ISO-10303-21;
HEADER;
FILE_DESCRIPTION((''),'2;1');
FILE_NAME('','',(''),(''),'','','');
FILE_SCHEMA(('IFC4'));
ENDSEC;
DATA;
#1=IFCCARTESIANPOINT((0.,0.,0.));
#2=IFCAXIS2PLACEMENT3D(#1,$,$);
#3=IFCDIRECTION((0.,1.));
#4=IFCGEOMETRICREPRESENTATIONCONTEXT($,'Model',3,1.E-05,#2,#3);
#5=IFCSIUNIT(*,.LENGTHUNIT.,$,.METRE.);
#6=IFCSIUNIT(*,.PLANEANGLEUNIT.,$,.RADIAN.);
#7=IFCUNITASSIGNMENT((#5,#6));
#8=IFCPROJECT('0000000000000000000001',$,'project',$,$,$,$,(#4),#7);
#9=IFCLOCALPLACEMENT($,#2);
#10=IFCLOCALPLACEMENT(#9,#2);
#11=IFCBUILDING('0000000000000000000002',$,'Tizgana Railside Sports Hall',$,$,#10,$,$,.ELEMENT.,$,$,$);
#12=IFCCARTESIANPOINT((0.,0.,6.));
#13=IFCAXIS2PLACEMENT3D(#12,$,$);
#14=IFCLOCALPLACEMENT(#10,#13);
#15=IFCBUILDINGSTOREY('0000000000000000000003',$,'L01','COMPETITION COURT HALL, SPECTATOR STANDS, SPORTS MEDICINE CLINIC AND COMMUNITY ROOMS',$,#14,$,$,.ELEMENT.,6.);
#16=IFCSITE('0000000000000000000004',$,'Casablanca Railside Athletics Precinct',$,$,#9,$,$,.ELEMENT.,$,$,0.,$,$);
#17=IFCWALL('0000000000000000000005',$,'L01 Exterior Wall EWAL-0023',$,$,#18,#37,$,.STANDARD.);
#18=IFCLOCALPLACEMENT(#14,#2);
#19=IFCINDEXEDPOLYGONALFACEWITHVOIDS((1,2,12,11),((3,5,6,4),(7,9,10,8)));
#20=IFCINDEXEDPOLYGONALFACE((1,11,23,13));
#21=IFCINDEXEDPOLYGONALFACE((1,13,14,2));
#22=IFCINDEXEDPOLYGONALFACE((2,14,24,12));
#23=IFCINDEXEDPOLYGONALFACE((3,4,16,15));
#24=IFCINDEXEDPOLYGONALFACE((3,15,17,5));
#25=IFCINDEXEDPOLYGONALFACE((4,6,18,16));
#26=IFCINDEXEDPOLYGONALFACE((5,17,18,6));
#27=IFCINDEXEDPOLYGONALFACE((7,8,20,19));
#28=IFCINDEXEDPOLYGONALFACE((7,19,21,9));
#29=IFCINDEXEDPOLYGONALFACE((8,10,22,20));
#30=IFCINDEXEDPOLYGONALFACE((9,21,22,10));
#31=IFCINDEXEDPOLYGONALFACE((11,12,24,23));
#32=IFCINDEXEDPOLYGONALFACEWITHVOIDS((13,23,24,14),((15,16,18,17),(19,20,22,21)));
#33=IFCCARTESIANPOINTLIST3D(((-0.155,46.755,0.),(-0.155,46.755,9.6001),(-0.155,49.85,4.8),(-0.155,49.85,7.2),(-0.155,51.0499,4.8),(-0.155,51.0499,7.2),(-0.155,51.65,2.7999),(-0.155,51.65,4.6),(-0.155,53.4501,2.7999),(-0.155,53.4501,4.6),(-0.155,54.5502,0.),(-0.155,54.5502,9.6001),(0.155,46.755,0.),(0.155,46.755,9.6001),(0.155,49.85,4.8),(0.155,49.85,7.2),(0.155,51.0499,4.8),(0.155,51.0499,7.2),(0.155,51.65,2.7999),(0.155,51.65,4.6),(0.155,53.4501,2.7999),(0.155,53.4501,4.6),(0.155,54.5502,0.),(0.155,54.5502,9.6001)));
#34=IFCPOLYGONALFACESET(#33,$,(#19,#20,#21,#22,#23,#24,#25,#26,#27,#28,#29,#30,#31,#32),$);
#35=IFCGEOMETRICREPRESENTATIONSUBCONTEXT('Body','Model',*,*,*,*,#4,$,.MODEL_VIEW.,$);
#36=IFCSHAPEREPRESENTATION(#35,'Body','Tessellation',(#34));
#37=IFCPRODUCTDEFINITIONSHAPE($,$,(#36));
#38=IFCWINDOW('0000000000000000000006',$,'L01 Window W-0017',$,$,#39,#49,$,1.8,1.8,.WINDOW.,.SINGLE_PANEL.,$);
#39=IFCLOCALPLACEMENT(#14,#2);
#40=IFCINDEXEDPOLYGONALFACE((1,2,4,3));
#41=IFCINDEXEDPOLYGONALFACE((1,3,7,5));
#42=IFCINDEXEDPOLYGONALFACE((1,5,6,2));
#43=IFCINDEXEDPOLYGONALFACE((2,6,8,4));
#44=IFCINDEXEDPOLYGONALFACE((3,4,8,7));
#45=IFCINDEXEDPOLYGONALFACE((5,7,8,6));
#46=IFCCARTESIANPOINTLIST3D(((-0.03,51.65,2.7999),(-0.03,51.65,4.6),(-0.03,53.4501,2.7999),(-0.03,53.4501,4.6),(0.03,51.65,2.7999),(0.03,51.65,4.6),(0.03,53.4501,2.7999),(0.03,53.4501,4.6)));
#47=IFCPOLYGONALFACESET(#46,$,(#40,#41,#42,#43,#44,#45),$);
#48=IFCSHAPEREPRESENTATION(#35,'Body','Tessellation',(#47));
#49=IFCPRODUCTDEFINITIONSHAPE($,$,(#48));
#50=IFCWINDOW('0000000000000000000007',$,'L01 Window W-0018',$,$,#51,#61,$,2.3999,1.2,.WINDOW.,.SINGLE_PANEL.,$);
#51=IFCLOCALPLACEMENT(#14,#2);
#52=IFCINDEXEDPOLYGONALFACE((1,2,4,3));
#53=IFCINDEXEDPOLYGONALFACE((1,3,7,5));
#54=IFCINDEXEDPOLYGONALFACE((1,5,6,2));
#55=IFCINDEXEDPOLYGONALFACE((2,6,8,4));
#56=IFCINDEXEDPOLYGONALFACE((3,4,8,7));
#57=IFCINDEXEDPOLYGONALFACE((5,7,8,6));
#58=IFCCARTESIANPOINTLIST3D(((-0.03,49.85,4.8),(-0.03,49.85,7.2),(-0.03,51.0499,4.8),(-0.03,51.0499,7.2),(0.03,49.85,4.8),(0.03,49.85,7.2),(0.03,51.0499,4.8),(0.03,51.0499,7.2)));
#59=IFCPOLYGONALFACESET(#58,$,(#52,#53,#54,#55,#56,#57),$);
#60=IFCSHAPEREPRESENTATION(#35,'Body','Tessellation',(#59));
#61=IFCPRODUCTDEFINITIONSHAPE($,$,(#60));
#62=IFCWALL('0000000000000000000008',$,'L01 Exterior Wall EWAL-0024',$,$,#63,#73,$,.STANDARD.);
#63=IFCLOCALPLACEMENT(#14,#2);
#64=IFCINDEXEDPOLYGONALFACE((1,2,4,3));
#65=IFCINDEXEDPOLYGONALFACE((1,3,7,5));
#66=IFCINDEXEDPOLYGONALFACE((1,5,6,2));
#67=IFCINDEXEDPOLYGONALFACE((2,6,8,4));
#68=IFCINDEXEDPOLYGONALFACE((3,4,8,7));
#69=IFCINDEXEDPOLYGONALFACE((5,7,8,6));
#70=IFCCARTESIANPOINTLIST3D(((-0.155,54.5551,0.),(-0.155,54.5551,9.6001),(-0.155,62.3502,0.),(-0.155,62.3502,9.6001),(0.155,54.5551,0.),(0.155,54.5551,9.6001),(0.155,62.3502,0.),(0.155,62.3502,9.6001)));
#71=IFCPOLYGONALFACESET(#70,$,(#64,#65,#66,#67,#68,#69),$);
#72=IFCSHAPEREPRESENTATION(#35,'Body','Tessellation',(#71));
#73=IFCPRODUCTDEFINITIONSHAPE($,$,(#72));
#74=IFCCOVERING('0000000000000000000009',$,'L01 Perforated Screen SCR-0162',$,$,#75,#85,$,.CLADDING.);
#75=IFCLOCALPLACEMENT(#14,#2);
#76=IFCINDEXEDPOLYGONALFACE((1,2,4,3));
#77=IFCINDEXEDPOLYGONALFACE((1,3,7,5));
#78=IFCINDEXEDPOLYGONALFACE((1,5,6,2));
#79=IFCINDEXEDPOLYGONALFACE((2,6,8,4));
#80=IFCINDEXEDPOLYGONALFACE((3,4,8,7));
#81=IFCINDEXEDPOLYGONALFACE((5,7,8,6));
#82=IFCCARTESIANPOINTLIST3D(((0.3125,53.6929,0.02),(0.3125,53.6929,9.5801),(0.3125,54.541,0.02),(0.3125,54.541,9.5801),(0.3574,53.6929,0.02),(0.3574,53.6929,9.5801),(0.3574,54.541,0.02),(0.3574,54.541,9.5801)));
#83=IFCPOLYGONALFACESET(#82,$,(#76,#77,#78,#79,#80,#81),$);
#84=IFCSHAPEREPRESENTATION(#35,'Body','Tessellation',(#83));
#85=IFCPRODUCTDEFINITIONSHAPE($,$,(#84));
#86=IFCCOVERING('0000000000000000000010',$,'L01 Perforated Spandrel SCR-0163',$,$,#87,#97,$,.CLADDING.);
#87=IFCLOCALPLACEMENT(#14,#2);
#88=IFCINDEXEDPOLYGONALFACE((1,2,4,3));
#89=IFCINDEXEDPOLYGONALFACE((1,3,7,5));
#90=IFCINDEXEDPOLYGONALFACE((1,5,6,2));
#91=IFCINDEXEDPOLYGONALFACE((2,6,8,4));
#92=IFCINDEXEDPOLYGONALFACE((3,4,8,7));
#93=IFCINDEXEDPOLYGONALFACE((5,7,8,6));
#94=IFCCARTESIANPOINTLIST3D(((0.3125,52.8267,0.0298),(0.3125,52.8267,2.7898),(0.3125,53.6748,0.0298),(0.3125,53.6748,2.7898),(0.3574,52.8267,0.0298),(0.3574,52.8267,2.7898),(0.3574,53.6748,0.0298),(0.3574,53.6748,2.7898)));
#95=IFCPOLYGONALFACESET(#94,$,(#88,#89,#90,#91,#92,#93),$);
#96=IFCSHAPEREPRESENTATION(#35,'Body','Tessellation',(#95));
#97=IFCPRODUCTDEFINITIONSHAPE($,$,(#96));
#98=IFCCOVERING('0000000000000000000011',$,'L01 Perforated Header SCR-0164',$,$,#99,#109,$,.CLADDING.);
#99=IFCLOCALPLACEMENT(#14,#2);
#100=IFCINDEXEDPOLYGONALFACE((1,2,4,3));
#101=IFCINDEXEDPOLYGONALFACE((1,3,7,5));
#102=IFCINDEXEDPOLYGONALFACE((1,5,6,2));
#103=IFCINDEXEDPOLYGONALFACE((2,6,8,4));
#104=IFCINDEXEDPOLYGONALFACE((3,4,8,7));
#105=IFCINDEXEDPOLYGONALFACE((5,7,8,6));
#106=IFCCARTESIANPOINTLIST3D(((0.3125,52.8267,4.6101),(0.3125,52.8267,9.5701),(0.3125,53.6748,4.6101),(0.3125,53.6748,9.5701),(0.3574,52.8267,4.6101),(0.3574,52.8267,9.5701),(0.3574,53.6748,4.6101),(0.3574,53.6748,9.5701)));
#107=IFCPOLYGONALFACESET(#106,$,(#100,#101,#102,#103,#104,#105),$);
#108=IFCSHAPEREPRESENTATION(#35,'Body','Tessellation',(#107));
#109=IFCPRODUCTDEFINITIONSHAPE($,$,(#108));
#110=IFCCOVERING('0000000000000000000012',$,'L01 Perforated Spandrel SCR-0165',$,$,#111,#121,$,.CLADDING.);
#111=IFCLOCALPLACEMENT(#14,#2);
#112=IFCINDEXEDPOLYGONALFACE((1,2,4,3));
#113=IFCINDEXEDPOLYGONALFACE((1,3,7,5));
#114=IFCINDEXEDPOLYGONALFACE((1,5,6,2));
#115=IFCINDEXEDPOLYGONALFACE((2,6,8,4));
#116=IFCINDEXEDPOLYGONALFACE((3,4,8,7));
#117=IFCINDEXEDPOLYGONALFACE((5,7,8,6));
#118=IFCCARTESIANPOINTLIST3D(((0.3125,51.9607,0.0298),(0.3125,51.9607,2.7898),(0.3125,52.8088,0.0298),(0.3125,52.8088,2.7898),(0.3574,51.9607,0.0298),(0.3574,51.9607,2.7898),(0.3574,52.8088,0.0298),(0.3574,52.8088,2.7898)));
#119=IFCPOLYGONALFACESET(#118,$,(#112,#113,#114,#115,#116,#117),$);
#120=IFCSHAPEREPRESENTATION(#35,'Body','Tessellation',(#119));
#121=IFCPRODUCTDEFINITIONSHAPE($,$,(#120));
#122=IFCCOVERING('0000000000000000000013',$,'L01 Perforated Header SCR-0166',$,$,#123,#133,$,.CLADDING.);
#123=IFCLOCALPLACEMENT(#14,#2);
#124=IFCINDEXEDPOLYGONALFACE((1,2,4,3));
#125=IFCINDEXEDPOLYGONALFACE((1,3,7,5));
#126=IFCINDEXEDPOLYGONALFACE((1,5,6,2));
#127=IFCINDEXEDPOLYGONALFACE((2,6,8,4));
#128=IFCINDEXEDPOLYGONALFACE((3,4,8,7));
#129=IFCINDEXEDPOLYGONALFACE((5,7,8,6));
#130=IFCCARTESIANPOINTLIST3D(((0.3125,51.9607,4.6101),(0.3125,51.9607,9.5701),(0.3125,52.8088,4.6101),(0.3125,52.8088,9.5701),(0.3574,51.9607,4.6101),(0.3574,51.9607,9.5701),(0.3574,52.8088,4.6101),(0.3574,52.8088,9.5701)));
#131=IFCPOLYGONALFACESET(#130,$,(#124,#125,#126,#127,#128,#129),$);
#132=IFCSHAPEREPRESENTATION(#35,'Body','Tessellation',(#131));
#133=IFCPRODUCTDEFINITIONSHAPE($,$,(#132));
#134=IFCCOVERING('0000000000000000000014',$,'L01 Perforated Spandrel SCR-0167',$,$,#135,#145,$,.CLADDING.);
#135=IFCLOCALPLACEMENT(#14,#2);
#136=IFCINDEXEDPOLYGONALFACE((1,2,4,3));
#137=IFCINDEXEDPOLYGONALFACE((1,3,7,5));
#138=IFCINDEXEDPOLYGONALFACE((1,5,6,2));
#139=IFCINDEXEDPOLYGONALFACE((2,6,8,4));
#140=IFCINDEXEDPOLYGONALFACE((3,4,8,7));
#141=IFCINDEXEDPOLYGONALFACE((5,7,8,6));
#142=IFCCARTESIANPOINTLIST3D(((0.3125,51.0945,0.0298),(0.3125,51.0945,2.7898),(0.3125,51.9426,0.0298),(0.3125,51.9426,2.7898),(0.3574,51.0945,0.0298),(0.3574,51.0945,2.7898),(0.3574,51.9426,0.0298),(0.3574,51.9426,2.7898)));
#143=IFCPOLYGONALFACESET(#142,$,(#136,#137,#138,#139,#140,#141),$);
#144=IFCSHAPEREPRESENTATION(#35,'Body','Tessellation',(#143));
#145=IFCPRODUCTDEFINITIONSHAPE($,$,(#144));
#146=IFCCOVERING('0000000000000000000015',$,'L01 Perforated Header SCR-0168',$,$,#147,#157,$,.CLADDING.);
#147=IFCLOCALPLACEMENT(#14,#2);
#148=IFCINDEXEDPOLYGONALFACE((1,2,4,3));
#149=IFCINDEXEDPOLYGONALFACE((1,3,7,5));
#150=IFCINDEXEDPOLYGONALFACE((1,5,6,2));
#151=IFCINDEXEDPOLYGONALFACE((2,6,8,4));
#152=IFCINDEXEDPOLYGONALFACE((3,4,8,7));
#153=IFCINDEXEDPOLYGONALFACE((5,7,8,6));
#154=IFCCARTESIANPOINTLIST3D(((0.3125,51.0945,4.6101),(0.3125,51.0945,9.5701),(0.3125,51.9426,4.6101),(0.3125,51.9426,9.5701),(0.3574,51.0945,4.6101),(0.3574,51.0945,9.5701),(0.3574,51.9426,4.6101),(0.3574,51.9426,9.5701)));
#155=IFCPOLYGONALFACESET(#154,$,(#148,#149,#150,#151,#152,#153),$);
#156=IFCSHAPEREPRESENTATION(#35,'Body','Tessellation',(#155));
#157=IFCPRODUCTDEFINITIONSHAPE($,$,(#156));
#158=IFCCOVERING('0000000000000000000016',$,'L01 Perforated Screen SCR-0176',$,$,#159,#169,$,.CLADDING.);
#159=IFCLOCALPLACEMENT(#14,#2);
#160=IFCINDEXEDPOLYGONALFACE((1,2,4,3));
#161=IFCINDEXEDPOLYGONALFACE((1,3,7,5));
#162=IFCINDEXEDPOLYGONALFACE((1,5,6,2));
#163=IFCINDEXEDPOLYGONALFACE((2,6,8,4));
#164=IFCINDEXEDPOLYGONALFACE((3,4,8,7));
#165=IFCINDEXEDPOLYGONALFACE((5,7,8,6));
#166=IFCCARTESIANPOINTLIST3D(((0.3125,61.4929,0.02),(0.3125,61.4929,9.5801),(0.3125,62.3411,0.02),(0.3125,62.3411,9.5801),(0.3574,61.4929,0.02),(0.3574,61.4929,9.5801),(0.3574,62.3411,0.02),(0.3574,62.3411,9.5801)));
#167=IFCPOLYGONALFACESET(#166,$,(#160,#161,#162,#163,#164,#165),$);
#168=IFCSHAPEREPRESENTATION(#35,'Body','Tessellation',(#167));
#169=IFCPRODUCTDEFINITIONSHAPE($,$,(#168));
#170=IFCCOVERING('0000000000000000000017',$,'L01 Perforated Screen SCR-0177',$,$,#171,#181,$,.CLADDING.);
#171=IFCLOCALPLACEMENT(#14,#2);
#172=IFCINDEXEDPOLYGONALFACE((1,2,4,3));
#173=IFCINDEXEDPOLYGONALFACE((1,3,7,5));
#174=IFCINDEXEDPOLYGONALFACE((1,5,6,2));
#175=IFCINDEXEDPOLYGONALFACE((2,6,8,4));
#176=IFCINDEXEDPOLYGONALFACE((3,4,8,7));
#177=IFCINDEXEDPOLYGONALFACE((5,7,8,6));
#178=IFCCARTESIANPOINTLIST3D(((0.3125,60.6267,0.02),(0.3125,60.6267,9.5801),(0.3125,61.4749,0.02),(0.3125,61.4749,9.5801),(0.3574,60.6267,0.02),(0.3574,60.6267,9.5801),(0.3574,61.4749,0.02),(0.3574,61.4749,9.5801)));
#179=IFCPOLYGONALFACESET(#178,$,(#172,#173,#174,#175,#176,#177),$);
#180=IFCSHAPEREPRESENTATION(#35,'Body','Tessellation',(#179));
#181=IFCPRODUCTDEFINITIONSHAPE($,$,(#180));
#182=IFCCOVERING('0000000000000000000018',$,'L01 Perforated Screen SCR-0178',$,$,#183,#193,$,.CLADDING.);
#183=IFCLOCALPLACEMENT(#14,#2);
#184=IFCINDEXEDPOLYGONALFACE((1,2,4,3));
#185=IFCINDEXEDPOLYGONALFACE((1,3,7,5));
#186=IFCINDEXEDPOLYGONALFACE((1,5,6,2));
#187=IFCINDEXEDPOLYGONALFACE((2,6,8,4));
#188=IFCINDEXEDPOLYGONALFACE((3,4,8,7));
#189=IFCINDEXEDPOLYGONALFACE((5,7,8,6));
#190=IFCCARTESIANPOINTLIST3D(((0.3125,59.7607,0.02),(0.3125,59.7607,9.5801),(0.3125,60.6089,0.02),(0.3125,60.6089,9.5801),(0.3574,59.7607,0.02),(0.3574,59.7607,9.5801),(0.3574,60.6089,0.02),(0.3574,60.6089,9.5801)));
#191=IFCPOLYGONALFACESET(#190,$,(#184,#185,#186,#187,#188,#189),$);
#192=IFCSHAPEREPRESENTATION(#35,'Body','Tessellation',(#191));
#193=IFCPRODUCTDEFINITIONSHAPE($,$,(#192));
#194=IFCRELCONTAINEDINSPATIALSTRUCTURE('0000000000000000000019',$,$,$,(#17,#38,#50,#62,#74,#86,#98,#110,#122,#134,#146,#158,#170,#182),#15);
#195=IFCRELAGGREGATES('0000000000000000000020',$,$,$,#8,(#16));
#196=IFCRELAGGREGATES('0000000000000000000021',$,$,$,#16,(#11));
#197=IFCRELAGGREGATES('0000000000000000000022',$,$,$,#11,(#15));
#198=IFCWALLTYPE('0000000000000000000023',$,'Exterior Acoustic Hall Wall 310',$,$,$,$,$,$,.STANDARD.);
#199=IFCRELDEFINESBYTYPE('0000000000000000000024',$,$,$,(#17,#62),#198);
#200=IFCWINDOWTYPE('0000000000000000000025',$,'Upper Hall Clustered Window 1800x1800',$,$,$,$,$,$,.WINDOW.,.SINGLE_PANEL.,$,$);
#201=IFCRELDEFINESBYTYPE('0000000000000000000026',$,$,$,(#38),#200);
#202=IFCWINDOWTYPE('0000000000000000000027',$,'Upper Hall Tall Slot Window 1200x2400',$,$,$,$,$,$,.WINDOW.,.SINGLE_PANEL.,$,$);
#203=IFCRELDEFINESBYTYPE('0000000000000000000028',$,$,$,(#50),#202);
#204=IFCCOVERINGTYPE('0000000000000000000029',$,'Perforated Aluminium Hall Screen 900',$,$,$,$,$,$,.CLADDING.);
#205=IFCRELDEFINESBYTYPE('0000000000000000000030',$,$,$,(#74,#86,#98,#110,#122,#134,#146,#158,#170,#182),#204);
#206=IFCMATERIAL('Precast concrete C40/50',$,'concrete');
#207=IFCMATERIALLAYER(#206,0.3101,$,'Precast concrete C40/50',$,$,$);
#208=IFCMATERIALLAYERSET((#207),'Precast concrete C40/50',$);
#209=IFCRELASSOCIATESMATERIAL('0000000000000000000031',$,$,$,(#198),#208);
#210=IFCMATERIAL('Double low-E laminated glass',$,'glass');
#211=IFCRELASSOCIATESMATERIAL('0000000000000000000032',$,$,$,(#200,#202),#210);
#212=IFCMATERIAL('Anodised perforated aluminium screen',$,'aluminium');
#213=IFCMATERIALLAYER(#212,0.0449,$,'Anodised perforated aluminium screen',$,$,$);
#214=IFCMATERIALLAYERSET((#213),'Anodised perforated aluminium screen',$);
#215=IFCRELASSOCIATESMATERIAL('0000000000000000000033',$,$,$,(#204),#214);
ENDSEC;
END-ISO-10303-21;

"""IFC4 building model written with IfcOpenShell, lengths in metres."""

from ifc_helpers import new_model, si_unit, direction, frame, frame_2d, origin, origin_2d, place, context, subcontext, project, spatial, rectangle, extrude, material, layer, layer_set, type_object, element, fill, save


model = new_model("IFC4")

# Units and contexts
model_context = context("Model", 3, precision=1e-05, world=origin(), true_north=direction((0.0, 1.0)))
body_context = subcontext(model_context, "Body", "Model", "MODEL_VIEW")
ifc_project = project(units=[si_unit("LENGTHUNIT", "METRE"), si_unit("PLANEANGLEUNIT", "RADIAN")], contexts=[model_context])

# Site, building, storey
site_placement = place(None, origin())
site = spatial("IfcSite", under=ifc_project, at=site_placement, Name="Casablanca Railside Athletics Precinct", CompositionType="ELEMENT", RefElevation=0.0)
building_placement = place(site_placement, origin())
building = spatial("IfcBuilding", under=site, at=building_placement, Name="Tizgana Railside Sports Hall", CompositionType="ELEMENT")
storey_placement = place(building_placement, frame((0.0, 0.0, 6.0)))
storey = spatial("IfcBuildingStorey", under=building, at=storey_placement, Name="L01", Description="COMPETITION COURT HALL, SPECTATOR STANDS, SPORTS MEDICINE CLINIC AND COMMUNITY ROOMS", CompositionType="ELEMENT", Elevation=6.0)

# Wall, openings, windows
ifc_material_1 = material(Name="Precast concrete C40/50", Category="concrete")
ifc_layer_1 = layer(ifc_material_1, 0.3101, Name="Precast concrete C40/50")
ifc_layer_set_1 = layer_set([ifc_layer_1], Name="Precast concrete C40/50")
wall_type = type_object("IfcWallType", Name="Exterior Acoustic Hall Wall 310", PredefinedType="STANDARD", material=ifc_layer_set_1)
wall_1_placement = place(storey_placement, frame((0.0, 54.55, 0.0), z_axis=(0.0, 0.0, 1.0), x_axis=(0.0, -1.0, 0.0)))
wall_1 = element("IfcWall", 1, at=wall_1_placement, inside=storey, type_object=wall_type, Name="L01 Exterior Wall EWAL-0023", PredefinedType="STANDARD", context=body_context, shape_type="SweptSolid", body=[
    extrude(rectangle(XDim=7.7952, YDim=0.3101, at=frame_2d((3.8975, 0.0))), origin(), (0.0, 0.0, 1.0), 9.6001),
])
opening_1_placement = place(wall_1_placement, frame((1.1001, 0.0, 2.8)))
opening_1 = element("IfcOpeningElement", 2, at=opening_1_placement, cuts=wall_1, PredefinedType="OPENING", context=body_context, shape_type="SweptSolid", body=[
    extrude(rectangle(XDim=1.8, YDim=1.8, at=frame_2d((0.8999, 0.8999))), frame((0.0, 0.165, 0.0), z_axis=(0.0, -1.0, 0.0), x_axis=(1.0, 0.0, 0.0)), (0.0, 0.0, 1.0), 0.3301),
])
opening_2_placement = place(wall_1_placement, frame((3.5, 0.0, 4.8)))
opening_2 = element("IfcOpeningElement", 3, at=opening_2_placement, cuts=wall_1, PredefinedType="OPENING", context=body_context, shape_type="SweptSolid", body=[
    extrude(rectangle(XDim=1.2, YDim=2.3999, at=frame_2d((0.6001, 1.2))), frame((0.0, 0.165, 0.0), z_axis=(0.0, -1.0, 0.0), x_axis=(1.0, 0.0, 0.0)), (0.0, 0.0, 1.0), 0.3301),
])
ifc_material_2 = material(Name="Double low-E laminated glass", Category="glass")
window_type_1 = type_object("IfcWindowType", Name="Upper Hall Clustered Window 1800x1800", PartitioningType="SINGLE_PANEL", PredefinedType="WINDOW", material=ifc_material_2)
window_1_placement = place(opening_1_placement, origin())
window_1 = element("IfcWindow", 4, at=window_1_placement, inside=storey, type_object=window_type_1, Name="L01 Window W-0017", OverallHeight=1.8, OverallWidth=1.8, PartitioningType="SINGLE_PANEL", PredefinedType="WINDOW", context=body_context, shape_type="SweptSolid", body=[
    extrude(rectangle(XDim=1.8, YDim=1.8, at=frame_2d((0.8999, 0.8999))), frame((0.0, 0.03, 0.0), z_axis=(0.0, -1.0, 0.0), x_axis=(1.0, 0.0, 0.0)), (0.0, 0.0, 1.0), 0.0601),
])
fill(opening_1, window_1)
window_type_2 = type_object("IfcWindowType", Name="Upper Hall Tall Slot Window 1200x2400", PartitioningType="SINGLE_PANEL", PredefinedType="WINDOW", material=ifc_material_2)
window_2_placement = place(opening_2_placement, origin())
window_2 = element("IfcWindow", 5, at=window_2_placement, inside=storey, type_object=window_type_2, Name="L01 Window W-0018", OverallHeight=2.3999, OverallWidth=1.2, PartitioningType="SINGLE_PANEL", PredefinedType="WINDOW", context=body_context, shape_type="SweptSolid", body=[
    extrude(rectangle(XDim=1.2, YDim=2.3999, at=frame_2d((0.6001, 1.2))), frame((0.0, 0.03, 0.0), z_axis=(0.0, -1.0, 0.0), x_axis=(1.0, 0.0, 0.0)), (0.0, 0.0, 1.0), 0.0601),
])
fill(opening_2, window_2)

# Wall
wall_2_placement = place(storey_placement, frame((0.0, 62.3501, 0.0), z_axis=(0.0, 0.0, 1.0), x_axis=(0.0, -1.0, 0.0)))
element("IfcWall", 6, at=wall_2_placement, inside=storey, type_object=wall_type, Name="L01 Exterior Wall EWAL-0024", PredefinedType="STANDARD", context=body_context, shape_type="SweptSolid", body=[
    extrude(rectangle(XDim=7.7952, YDim=0.3101, at=frame_2d((3.8975, 0.0))), origin(), (0.0, 0.0, 1.0), 9.6001),
])

# Coverings
ifc_material_3 = material(Name="Anodised perforated aluminium screen", Category="aluminium")
ifc_layer_2 = layer(ifc_material_3, 0.0449, Name="Anodised perforated aluminium screen")
ifc_layer_set_2 = layer_set([ifc_layer_2], Name="Anodised perforated aluminium screen")
covering_type = type_object("IfcCoveringType", Name="Perforated Aluminium Hall Screen 900", PredefinedType="CLADDING", material=ifc_layer_set_2)
covering_1_placement = place(storey_placement, frame((0.335, 54.1169, 0.02), z_axis=(0.0, 0.0, 1.0), x_axis=(0.0, -1.0, 0.0)))
element("IfcCovering", 7, at=covering_1_placement, inside=storey, type_object=covering_type, Name="L01 Perforated Screen SCR-0162", PredefinedType="CLADDING", context=body_context, shape_type="SweptSolid", body=[
    extrude(rectangle(XDim=0.8481, YDim=0.0449, at=origin_2d()), origin(), (0.0, 0.0, 1.0), 9.5601),
])
covering_2_placement = place(storey_placement, frame((0.335, 53.2507, 0.0298), z_axis=(0.0, 0.0, 1.0), x_axis=(0.0, -1.0, 0.0)))
element("IfcCovering", 8, at=covering_2_placement, inside=storey, type_object=covering_type, Name="L01 Perforated Spandrel SCR-0163", PredefinedType="CLADDING", context=body_context, shape_type="SweptSolid", body=[
    extrude(rectangle(XDim=0.8481, YDim=0.0449, at=origin_2d()), origin(), (0.0, 0.0, 1.0), 2.76),
])
covering_3_placement = place(storey_placement, frame((0.335, 53.2507, 4.6101), z_axis=(0.0, 0.0, 1.0), x_axis=(0.0, -1.0, 0.0)))
element("IfcCovering", 9, at=covering_3_placement, inside=storey, type_object=covering_type, Name="L01 Perforated Header SCR-0164", PredefinedType="CLADDING", context=body_context, shape_type="SweptSolid", body=[
    extrude(rectangle(XDim=0.8481, YDim=0.0449, at=origin_2d()), origin(), (0.0, 0.0, 1.0), 4.96),
])
covering_4_placement = place(storey_placement, frame((0.335, 52.3848, 0.0298), z_axis=(0.0, 0.0, 1.0), x_axis=(0.0, -1.0, 0.0)))
element("IfcCovering", 10, at=covering_4_placement, inside=storey, type_object=covering_type, Name="L01 Perforated Spandrel SCR-0165", PredefinedType="CLADDING", context=body_context, shape_type="SweptSolid", body=[
    extrude(rectangle(XDim=0.8481, YDim=0.0449, at=origin_2d()), origin(), (0.0, 0.0, 1.0), 2.76),
])
covering_5_placement = place(storey_placement, frame((0.335, 52.3848, 4.6101), z_axis=(0.0, 0.0, 1.0), x_axis=(0.0, -1.0, 0.0)))
element("IfcCovering", 11, at=covering_5_placement, inside=storey, type_object=covering_type, Name="L01 Perforated Header SCR-0166", PredefinedType="CLADDING", context=body_context, shape_type="SweptSolid", body=[
    extrude(rectangle(XDim=0.8481, YDim=0.0449, at=origin_2d()), origin(), (0.0, 0.0, 1.0), 4.96),
])
covering_6_placement = place(storey_placement, frame((0.335, 51.5186, 0.0298), z_axis=(0.0, 0.0, 1.0), x_axis=(0.0, -1.0, 0.0)))
element("IfcCovering", 12, at=covering_6_placement, inside=storey, type_object=covering_type, Name="L01 Perforated Spandrel SCR-0167", PredefinedType="CLADDING", context=body_context, shape_type="SweptSolid", body=[
    extrude(rectangle(XDim=0.8481, YDim=0.0449, at=origin_2d()), origin(), (0.0, 0.0, 1.0), 2.76),
])
covering_7_placement = place(storey_placement, frame((0.335, 51.5186, 4.6101), z_axis=(0.0, 0.0, 1.0), x_axis=(0.0, -1.0, 0.0)))
element("IfcCovering", 13, at=covering_7_placement, inside=storey, type_object=covering_type, Name="L01 Perforated Header SCR-0168", PredefinedType="CLADDING", context=body_context, shape_type="SweptSolid", body=[
    extrude(rectangle(XDim=0.8481, YDim=0.0449, at=origin_2d()), origin(), (0.0, 0.0, 1.0), 4.96),
])
for number, where, z_axis, x_axis, name in (
    (14, (0.335, 61.917, 0.02), (0.0, 0.0, 1.0), (0.0, -1.0, 0.0), "L01 Perforated Screen SCR-0176"),
    (15, (0.335, 61.0508, 0.02), (0.0, 0.0, 1.0), (0.0, -1.0, 0.0), "L01 Perforated Screen SCR-0177"),
    (16, (0.335, 60.1848, 0.02), (0.0, 0.0, 1.0), (0.0, -1.0, 0.0), "L01 Perforated Screen SCR-0178"),
):
    element("IfcCovering", number, at=place(storey_placement, frame(where, z_axis=z_axis, x_axis=x_axis)), inside=storey, type_object=covering_type, Name=name, PredefinedType="CLADDING", context=body_context, shape_type="SweptSolid", body=[
        extrude(rectangle(XDim=0.8481, YDim=0.0449, at=origin_2d()), origin(), (0.0, 0.0, 1.0), 9.5601),
    ])

save(model, "model.ifc")
